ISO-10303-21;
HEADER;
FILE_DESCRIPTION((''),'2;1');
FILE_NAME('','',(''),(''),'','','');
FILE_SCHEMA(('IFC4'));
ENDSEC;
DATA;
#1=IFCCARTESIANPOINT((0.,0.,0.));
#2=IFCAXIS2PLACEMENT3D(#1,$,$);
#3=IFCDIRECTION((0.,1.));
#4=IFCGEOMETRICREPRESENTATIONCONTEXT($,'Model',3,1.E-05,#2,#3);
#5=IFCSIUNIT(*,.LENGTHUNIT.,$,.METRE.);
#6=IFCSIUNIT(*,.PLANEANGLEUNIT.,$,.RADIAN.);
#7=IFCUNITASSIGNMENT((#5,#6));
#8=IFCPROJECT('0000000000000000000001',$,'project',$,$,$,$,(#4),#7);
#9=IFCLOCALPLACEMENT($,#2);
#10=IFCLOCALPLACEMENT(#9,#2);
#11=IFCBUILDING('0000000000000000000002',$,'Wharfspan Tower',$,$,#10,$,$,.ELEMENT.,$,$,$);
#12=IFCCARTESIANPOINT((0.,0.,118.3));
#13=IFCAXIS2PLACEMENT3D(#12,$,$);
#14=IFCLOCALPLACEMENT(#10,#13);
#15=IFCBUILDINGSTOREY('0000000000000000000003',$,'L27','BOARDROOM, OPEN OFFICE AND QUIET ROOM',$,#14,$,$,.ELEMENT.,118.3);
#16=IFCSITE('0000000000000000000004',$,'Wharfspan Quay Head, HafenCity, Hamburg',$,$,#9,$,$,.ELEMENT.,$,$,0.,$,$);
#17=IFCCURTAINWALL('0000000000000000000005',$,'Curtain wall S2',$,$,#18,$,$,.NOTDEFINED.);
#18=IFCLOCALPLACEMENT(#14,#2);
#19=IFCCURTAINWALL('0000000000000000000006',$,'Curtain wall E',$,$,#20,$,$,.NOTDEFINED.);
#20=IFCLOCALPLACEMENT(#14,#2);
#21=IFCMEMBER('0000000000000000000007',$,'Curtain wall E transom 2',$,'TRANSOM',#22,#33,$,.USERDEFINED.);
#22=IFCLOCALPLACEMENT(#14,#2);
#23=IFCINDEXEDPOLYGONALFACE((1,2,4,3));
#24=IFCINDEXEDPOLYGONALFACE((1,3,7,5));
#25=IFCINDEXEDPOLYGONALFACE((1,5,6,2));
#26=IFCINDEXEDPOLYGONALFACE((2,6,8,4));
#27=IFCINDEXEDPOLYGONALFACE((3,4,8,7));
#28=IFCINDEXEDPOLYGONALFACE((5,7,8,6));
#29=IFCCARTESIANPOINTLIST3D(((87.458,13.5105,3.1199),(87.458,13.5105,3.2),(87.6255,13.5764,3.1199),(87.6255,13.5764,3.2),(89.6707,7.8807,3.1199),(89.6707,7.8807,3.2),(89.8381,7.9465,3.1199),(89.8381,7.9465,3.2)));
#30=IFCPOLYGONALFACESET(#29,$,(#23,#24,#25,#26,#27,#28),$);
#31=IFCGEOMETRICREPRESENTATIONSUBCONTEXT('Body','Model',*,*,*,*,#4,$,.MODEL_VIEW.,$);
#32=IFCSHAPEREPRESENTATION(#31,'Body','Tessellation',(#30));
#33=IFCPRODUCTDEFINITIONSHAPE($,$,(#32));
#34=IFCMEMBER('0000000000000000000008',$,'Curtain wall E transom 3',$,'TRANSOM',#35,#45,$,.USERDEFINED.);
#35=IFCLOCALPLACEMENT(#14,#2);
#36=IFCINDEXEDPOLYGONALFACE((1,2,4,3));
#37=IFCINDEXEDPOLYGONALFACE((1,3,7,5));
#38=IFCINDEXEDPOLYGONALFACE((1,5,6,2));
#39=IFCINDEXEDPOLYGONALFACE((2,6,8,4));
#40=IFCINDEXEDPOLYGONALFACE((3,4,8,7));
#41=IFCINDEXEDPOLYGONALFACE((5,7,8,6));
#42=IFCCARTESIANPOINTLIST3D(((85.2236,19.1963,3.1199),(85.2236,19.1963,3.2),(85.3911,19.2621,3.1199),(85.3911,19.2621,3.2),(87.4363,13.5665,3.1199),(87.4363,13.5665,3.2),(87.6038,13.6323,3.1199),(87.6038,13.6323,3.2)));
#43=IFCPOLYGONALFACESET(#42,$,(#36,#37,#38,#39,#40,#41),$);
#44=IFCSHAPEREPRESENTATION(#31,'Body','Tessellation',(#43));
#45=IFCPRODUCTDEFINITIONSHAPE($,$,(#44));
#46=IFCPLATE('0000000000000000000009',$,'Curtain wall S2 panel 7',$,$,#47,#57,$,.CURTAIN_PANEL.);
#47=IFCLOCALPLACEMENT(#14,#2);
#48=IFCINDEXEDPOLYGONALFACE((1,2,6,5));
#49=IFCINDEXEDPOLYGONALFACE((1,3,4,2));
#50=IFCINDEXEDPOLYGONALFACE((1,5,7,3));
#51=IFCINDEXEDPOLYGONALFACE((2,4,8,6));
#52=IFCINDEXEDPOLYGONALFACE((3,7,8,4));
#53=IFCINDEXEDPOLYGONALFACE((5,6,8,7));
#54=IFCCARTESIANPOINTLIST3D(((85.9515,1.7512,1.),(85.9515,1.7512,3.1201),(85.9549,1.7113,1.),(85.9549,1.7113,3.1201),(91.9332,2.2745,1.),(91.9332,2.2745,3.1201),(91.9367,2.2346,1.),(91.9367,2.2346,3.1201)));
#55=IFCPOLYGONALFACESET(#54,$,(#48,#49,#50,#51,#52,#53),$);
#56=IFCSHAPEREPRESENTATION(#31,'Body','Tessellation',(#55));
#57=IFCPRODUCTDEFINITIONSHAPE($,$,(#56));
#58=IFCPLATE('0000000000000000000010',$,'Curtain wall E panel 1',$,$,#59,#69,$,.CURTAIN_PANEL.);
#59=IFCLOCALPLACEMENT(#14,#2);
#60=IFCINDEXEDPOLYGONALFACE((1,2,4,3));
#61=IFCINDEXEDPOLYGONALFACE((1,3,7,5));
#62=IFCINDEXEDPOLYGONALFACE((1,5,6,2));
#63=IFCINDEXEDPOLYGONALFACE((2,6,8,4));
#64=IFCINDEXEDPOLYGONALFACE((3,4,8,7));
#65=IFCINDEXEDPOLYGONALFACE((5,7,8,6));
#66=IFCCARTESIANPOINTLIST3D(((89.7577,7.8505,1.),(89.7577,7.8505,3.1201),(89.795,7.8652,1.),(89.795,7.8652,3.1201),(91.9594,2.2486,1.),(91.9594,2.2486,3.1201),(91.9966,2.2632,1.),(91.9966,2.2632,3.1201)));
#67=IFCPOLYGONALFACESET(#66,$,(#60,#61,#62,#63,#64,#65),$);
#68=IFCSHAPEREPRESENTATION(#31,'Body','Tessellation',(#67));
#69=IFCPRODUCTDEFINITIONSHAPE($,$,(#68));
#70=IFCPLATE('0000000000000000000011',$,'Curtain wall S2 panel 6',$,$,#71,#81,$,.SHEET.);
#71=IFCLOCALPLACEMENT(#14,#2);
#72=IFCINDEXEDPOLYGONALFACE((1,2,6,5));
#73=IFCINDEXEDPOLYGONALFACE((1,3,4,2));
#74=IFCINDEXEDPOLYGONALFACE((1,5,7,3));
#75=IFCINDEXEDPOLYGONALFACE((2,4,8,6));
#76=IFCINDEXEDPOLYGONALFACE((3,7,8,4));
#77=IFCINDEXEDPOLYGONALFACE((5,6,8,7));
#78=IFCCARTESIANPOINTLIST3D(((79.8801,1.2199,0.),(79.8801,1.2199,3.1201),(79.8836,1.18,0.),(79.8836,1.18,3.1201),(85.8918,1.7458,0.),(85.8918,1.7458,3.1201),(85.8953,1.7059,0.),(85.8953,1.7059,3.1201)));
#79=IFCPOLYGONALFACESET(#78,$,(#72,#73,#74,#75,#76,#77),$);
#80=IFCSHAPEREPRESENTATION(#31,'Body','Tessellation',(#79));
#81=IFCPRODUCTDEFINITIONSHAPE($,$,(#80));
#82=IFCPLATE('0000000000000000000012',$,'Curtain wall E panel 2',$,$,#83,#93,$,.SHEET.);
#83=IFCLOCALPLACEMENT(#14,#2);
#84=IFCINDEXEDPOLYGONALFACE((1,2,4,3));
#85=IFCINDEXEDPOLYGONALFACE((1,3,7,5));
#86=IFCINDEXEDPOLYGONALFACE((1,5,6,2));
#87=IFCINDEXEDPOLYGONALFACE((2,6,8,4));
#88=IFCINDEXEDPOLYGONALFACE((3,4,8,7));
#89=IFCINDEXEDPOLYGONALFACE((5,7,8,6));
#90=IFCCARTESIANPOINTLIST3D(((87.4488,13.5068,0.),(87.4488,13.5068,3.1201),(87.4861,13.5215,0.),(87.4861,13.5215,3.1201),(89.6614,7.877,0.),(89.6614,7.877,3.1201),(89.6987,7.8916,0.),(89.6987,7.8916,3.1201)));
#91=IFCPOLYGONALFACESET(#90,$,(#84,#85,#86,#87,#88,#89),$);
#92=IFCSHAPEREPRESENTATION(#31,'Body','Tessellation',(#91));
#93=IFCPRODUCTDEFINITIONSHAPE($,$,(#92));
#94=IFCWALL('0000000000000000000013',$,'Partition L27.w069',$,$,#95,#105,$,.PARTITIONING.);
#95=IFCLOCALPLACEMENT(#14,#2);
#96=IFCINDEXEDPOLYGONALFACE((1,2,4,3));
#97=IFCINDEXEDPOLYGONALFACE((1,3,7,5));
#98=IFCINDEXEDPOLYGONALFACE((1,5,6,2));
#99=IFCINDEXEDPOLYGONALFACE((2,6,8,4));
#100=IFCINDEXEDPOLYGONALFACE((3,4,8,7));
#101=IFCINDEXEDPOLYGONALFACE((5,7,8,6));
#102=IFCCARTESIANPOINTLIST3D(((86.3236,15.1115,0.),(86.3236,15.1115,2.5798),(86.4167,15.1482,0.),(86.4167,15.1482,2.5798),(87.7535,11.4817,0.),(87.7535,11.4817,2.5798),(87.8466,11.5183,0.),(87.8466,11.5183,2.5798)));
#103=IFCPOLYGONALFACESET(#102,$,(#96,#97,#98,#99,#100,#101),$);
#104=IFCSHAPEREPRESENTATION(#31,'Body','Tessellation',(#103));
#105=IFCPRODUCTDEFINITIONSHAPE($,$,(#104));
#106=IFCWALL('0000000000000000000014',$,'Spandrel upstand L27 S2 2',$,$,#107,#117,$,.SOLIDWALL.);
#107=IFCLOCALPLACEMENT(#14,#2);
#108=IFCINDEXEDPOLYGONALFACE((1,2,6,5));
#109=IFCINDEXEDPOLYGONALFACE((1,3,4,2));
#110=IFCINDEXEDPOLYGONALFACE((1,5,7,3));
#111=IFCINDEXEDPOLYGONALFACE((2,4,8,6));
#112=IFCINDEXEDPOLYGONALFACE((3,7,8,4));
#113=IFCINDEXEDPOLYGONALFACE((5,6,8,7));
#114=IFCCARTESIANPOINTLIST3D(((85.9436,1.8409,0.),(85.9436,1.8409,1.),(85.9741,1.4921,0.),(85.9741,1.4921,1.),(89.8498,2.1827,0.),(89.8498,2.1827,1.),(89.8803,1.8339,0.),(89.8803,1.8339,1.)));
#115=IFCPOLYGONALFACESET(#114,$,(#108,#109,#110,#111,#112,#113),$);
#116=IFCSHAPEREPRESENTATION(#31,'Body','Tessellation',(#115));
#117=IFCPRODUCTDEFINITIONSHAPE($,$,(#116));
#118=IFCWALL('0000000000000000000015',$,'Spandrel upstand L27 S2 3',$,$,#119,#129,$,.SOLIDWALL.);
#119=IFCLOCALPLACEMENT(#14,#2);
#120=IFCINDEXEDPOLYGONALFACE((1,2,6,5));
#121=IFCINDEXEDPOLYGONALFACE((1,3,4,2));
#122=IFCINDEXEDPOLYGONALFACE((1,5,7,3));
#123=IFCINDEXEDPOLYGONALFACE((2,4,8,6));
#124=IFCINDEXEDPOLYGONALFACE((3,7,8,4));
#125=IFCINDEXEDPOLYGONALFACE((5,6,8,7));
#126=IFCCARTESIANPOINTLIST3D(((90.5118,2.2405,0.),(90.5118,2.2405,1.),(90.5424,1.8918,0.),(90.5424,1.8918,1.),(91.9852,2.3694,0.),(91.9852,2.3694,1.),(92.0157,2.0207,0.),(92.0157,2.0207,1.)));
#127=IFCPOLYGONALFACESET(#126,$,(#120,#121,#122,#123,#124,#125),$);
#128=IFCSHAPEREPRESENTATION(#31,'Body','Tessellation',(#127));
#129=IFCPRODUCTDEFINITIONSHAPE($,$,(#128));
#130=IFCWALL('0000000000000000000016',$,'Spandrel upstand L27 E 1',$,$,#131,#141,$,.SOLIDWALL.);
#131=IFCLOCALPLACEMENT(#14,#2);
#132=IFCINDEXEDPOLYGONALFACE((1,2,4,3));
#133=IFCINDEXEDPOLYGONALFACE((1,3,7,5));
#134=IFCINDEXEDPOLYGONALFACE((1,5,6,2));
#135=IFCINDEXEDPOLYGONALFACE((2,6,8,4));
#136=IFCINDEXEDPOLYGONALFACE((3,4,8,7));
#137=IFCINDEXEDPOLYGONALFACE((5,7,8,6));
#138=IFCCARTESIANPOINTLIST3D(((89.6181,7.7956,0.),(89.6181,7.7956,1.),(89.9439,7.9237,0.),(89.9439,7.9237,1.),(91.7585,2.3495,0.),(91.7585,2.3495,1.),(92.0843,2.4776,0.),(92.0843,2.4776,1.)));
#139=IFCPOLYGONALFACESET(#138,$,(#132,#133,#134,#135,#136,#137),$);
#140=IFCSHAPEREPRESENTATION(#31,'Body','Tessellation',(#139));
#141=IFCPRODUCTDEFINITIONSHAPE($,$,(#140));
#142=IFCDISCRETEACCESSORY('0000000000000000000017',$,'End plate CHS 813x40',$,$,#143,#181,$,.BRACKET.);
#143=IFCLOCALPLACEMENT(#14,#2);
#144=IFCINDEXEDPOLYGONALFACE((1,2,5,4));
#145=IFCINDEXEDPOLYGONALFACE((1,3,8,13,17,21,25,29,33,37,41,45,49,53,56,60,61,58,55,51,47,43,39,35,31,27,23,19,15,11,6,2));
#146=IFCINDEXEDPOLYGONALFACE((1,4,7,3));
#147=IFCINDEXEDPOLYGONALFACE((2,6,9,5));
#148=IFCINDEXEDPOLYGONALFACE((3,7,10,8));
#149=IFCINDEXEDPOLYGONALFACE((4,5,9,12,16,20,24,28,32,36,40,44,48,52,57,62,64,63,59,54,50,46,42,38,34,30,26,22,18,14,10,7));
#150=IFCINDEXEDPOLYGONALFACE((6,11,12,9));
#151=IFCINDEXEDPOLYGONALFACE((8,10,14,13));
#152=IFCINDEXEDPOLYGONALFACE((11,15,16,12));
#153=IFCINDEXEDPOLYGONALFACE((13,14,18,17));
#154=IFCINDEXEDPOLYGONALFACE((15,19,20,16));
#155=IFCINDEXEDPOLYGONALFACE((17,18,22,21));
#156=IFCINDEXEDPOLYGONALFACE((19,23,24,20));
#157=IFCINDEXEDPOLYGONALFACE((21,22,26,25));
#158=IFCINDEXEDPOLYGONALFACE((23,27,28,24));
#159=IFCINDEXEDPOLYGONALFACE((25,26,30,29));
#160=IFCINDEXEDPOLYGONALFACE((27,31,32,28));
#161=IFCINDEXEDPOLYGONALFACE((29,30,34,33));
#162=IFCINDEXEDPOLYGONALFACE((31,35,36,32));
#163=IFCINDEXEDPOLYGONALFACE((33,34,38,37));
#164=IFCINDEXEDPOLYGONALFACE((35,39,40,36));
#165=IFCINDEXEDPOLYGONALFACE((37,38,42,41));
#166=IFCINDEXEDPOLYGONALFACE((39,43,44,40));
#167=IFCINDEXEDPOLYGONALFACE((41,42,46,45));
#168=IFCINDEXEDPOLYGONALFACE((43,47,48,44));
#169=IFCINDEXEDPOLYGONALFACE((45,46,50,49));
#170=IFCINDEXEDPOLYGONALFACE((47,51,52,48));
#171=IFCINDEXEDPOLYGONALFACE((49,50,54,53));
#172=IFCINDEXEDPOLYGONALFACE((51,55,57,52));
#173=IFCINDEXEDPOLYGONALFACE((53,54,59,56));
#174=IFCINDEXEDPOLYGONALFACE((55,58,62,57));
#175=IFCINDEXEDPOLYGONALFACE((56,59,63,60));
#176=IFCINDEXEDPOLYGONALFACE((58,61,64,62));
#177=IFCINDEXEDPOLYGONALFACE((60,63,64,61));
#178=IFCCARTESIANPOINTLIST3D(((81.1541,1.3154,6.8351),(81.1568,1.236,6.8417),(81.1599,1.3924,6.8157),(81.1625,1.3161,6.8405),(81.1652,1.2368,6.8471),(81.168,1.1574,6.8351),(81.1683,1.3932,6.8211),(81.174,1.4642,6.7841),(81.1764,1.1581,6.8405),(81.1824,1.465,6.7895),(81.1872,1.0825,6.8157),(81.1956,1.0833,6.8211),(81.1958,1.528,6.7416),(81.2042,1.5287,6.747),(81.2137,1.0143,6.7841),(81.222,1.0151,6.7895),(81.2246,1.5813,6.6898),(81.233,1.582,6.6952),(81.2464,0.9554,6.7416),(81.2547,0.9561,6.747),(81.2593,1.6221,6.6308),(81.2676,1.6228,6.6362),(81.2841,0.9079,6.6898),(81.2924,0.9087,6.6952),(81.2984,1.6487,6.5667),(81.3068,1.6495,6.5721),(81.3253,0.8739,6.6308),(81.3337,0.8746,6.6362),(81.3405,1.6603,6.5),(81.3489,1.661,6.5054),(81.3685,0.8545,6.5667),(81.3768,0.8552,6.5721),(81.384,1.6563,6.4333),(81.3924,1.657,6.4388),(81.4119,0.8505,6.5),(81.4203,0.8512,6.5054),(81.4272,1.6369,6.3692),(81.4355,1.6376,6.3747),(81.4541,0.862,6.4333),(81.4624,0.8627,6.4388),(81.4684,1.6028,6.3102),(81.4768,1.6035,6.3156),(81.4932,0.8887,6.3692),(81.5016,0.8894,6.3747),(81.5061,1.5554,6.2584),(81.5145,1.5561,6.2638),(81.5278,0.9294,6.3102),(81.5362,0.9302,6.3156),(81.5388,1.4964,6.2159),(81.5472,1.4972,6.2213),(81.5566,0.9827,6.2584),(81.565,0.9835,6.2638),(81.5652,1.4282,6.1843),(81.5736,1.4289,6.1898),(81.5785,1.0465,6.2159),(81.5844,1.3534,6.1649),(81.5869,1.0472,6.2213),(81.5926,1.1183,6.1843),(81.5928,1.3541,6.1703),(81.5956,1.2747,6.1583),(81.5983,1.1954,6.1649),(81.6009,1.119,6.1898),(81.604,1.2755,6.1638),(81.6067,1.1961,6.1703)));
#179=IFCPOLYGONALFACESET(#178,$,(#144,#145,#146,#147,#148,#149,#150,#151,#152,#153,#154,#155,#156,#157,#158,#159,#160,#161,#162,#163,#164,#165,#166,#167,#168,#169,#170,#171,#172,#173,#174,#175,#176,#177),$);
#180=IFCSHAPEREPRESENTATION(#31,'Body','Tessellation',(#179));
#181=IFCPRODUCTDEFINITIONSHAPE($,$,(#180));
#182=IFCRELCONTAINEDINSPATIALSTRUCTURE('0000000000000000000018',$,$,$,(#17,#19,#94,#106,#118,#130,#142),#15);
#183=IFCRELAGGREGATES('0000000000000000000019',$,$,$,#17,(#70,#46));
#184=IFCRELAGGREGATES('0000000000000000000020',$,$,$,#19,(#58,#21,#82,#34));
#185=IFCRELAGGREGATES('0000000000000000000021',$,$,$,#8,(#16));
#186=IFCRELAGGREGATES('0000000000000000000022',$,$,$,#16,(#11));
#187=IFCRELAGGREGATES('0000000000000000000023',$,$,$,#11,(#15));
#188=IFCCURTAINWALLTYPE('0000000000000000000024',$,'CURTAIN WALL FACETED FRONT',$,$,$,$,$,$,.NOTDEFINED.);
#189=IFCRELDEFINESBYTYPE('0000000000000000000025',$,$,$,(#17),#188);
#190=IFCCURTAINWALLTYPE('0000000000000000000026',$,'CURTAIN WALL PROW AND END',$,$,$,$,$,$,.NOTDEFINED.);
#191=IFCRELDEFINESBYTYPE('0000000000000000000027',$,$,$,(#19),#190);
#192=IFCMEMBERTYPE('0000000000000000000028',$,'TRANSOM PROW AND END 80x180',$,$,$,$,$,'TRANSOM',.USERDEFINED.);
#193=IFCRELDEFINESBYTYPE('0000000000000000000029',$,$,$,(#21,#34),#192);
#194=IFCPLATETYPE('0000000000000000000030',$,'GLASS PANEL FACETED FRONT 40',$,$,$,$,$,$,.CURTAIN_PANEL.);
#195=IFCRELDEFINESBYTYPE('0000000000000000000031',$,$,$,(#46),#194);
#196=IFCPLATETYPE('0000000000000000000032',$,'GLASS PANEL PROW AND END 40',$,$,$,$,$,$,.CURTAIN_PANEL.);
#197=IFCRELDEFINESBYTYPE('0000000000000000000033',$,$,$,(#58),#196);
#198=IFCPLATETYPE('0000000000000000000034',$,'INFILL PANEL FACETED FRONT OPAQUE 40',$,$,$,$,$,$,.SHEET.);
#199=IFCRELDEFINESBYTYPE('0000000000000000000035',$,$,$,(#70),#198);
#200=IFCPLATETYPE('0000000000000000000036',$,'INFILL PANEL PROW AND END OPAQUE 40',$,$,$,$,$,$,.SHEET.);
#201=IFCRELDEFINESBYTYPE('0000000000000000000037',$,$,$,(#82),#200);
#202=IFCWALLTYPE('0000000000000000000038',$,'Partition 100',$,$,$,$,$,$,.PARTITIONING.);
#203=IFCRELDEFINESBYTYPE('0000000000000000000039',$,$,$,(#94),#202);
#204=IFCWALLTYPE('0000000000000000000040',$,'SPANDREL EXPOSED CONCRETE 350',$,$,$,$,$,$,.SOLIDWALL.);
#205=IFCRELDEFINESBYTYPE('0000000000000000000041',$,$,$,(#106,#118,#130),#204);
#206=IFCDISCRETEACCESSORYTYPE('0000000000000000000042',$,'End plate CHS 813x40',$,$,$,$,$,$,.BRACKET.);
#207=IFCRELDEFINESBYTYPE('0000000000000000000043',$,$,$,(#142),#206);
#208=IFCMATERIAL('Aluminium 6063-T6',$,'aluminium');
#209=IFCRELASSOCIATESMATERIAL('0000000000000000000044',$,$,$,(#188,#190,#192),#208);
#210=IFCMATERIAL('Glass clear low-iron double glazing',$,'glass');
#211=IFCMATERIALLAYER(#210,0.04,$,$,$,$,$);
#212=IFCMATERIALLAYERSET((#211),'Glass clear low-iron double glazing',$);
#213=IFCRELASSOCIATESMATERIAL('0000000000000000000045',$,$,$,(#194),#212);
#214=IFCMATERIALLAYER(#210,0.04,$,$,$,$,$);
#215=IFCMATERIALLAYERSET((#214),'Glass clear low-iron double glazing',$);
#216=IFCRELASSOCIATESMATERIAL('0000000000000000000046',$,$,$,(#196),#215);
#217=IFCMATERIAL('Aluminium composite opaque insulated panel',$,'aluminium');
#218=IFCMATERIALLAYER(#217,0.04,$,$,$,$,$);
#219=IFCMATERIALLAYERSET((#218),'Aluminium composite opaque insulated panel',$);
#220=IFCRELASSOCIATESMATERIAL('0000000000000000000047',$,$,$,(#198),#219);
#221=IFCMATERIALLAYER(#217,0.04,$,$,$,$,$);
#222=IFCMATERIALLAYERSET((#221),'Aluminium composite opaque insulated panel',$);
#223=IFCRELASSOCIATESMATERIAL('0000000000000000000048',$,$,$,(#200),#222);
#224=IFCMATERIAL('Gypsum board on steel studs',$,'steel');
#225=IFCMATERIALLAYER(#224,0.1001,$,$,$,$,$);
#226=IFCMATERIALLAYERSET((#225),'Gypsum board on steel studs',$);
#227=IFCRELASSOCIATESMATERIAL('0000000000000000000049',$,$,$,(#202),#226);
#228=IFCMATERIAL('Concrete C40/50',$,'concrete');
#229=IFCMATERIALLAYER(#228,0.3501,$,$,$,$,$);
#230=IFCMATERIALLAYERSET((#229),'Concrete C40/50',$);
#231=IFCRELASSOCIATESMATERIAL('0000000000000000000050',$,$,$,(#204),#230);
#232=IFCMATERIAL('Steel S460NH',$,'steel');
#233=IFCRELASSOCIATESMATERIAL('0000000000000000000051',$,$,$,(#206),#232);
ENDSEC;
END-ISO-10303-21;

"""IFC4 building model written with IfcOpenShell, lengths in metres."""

from ifc_helpers import new_model, si_unit, direction, frame, frame_2d, origin, origin_2d, place, context, subcontext, project, spatial, rectangle, circle, extrude, material, layer, layer_set, material_profile, profile_set, type_object, element, aggregate, save


model = new_model("IFC4")

# Units and contexts
model_context = context("Model", 3, precision=1e-05, world=origin(), true_north=direction((0.0, 1.0)))
body_context = subcontext(model_context, "Body", "Model", "MODEL_VIEW")
ifc_project = project(units=[si_unit("LENGTHUNIT", "METRE"), si_unit("PLANEANGLEUNIT", "RADIAN")], contexts=[model_context])

# Site, building, storey
site_placement = place(None, origin())
site = spatial("IfcSite", under=ifc_project, at=site_placement, Name="Wharfspan Quay Head, HafenCity, Hamburg", CompositionType="ELEMENT", RefElevation=0.0)
building_placement = place(site_placement, origin())
building = spatial("IfcBuilding", under=site, at=building_placement, Name="Wharfspan Tower", CompositionType="ELEMENT")
storey_placement = place(building_placement, frame((0.0, 0.0, 118.3)))
storey = spatial("IfcBuildingStorey", under=building, at=storey_placement, Name="L27", Description="BOARDROOM, OPEN OFFICE AND QUIET ROOM", CompositionType="ELEMENT", Elevation=118.3)

# Curtain walls
ifc_material_1 = material(Name="Aluminium 6063-T6", Category="aluminium")
curtain_wall_type_1 = type_object("IfcCurtainWallType", Name="CURTAIN WALL FACETED FRONT", PredefinedType="NOTDEFINED", material=ifc_material_1)
curtain_wall_1_placement = place(storey_placement, origin())
curtain_wall_1 = element("IfcCurtainWall", 1, at=curtain_wall_1_placement, inside=storey, type_object=curtain_wall_type_1, Name="Curtain wall S2", PredefinedType="NOTDEFINED")
curtain_wall_type_2 = type_object("IfcCurtainWallType", Name="CURTAIN WALL PROW AND END", PredefinedType="NOTDEFINED", material=ifc_material_1)
curtain_wall_2_placement = place(storey_placement, origin())
curtain_wall_2 = element("IfcCurtainWall", 2, at=curtain_wall_2_placement, inside=storey, type_object=curtain_wall_type_2, Name="Curtain wall E", PredefinedType="NOTDEFINED")

# Members
ifc_material_profile_1 = material_profile(ifc_material_1, rectangle(XDim=0.1799, YDim=0.0801, at=origin_2d()))
ifc_profile_set_1 = profile_set([ifc_material_profile_1], Name="Aluminium 6063-T6")
member_type_1 = type_object("IfcMemberType", Name="TRANSOM PROW AND END 80x180", ElementType="TRANSOM", PredefinedType="USERDEFINED", material=ifc_profile_set_1)
member_1_placement = place(storey_placement, frame((89.7544, 7.9136, 3.1599), z_axis=(-0.365782, 0.9307, 0.0), x_axis=(-0.9307, -0.365782, 0.0)))
member_1 = element("IfcMember", 3, at=member_1_placement, type_object=member_type_1, Name="Curtain wall E transom 2", ObjectType="TRANSOM", PredefinedType="USERDEFINED", context=body_context, shape_type="SweptSolid", body=[
    extrude(rectangle(XDim=0.1799, YDim=0.0801, at=origin_2d()), origin(), (0.0, 0.0, 1.0), 6.0491),
])
member_2_placement = place(storey_placement, frame((87.52, 13.5994, 3.1599), z_axis=(-0.365782, 0.9307, 0.0), x_axis=(-0.9307, -0.365782, 0.0)))
member_2 = element("IfcMember", 4, at=member_2_placement, type_object=member_type_1, Name="Curtain wall E transom 3", ObjectType="TRANSOM", PredefinedType="USERDEFINED", context=body_context, shape_type="SweptSolid", body=[
    extrude(rectangle(XDim=0.1799, YDim=0.0801, at=origin_2d()), origin(), (0.0, 0.0, 1.0), 6.0491),
])

# Plates
ifc_material_2 = material(Name="Glass clear low-iron double glazing", Category="glass")
ifc_layer_1 = layer(ifc_material_2, 0.04)
ifc_layer_set_1 = layer_set([ifc_layer_1], Name="Glass clear low-iron double glazing")
plate_type_1 = type_object("IfcPlateType", Name="GLASS PANEL FACETED FRONT 40", PredefinedType="CURTAIN_PANEL", material=ifc_layer_set_1)
plate_1_placement = place(storey_placement, frame((88.9441, 1.9929, 1.0), z_axis=(0.0, 0.0, 1.0), x_axis=(0.996198, 0.087156, 0.0)))
plate_1 = element("IfcPlate", 5, at=plate_1_placement, type_object=plate_type_1, Name="Curtain wall S2 panel 7", PredefinedType="CURTAIN_PANEL", context=body_context, shape_type="SweptSolid", body=[
    extrude(rectangle(XDim=6.0046, YDim=0.04, at=origin_2d()), origin(), (0.0, 0.0, 1.0), 2.1201),
])
ifc_layer_2 = layer(ifc_material_2, 0.04)
ifc_layer_set_2 = layer_set([ifc_layer_2], Name="Glass clear low-iron double glazing")
plate_type_2 = type_object("IfcPlateType", Name="GLASS PANEL PROW AND END 40", PredefinedType="CURTAIN_PANEL", material=ifc_layer_set_2)
plate_2_placement = place(storey_placement, frame((90.8772, 5.0569, 1.0), z_axis=(0.0, 0.0, 1.0), x_axis=(-0.365778, 0.930702, 0.0)))
plate_2 = element("IfcPlate", 6, at=plate_2_placement, type_object=plate_type_2, Name="Curtain wall E panel 1", PredefinedType="CURTAIN_PANEL", context=body_context, shape_type="SweptSolid", body=[
    extrude(rectangle(XDim=6.019, YDim=0.04, at=origin_2d()), origin(), (0.0, 0.0, 1.0), 2.1201),
])
ifc_material_3 = material(Name="Aluminium composite opaque insulated panel", Category="aluminium")
ifc_layer_3 = layer(ifc_material_3, 0.04)
ifc_layer_set_3 = layer_set([ifc_layer_3], Name="Aluminium composite opaque insulated panel")
plate_type_3 = type_object("IfcPlateType", Name="INFILL PANEL FACETED FRONT OPAQUE 40", PredefinedType="SHEET", material=ifc_layer_set_3)
plate_3_placement = place(storey_placement, frame((82.8877, 1.4629, 0.0), z_axis=(0.0, 0.0, 1.0), x_axis=(0.996198, 0.087156, 0.0)))
plate_3 = element("IfcPlate", 7, at=plate_3_placement, type_object=plate_type_3, Name="Curtain wall S2 panel 6", PredefinedType="SHEET", context=body_context, shape_type="SweptSolid", body=[
    extrude(rectangle(XDim=6.0347, YDim=0.04, at=origin_2d()), origin(), (0.0, 0.0, 1.0), 3.1201),
])
aggregate(curtain_wall_1, [plate_3, plate_1])
ifc_layer_4 = layer(ifc_material_3, 0.04)
ifc_layer_set_4 = layer_set([ifc_layer_4], Name="Aluminium composite opaque insulated panel")
plate_type_4 = type_object("IfcPlateType", Name="INFILL PANEL PROW AND END OPAQUE 40", PredefinedType="SHEET", material=ifc_layer_set_4)
plate_4_placement = place(storey_placement, frame((88.5737, 10.6992, 0.0), z_axis=(0.0, 0.0, 1.0), x_axis=(-0.365778, 0.930702, 0.0)))
plate_4 = element("IfcPlate", 8, at=plate_4_placement, type_object=plate_type_4, Name="Curtain wall E panel 2", PredefinedType="SHEET", context=body_context, shape_type="SweptSolid", body=[
    extrude(rectangle(XDim=6.0491, YDim=0.04, at=origin_2d()), origin(), (0.0, 0.0, 1.0), 3.1201),
])
aggregate(curtain_wall_2, [plate_2, member_1, plate_4, member_2])

# Walls
ifc_material_4 = material(Name="Gypsum board on steel studs", Category="steel")
ifc_layer_5 = layer(ifc_material_4, 0.1001)
ifc_layer_set_5 = layer_set([ifc_layer_5], Name="Gypsum board on steel studs")
wall_type_1 = type_object("IfcWallType", Name="Partition 100", PredefinedType="PARTITIONING", material=ifc_layer_set_5)
wall_1_placement = place(storey_placement, frame((87.8, 11.5, 0.0), z_axis=(0.0, 0.0, 1.0), x_axis=(-0.366521, 0.930414, 0.0)))
element("IfcWall", 9, at=wall_1_placement, inside=storey, type_object=wall_type_1, Name="Partition L27.w069", PredefinedType="PARTITIONING", context=body_context, shape_type="SweptSolid", body=[
    extrude(rectangle(XDim=3.9014, YDim=0.1001, at=frame_2d((1.9507, 0.0))), origin(), (0.0, 0.0, 1.0), 2.5798),
])
ifc_material_5 = material(Name="Concrete C40/50", Category="concrete")
ifc_layer_6 = layer(ifc_material_5, 0.3501)
ifc_layer_set_6 = layer_set([ifc_layer_6], Name="Concrete C40/50")
wall_type_2 = type_object("IfcWallType", Name="SPANDREL EXPOSED CONCRETE 350", PredefinedType="SOLIDWALL", material=ifc_layer_set_6)
wall_2_placement = place(storey_placement, frame((85.959, 1.6665, 0.0), z_axis=(0.0, 0.0, 1.0), x_axis=(0.996194, 0.087167, 0.0)))
element("IfcWall", 10, at=wall_2_placement, inside=storey, type_object=wall_type_2, Name="Spandrel upstand L27 S2 2", PredefinedType="SOLIDWALL", context=body_context, shape_type="SweptSolid", body=[
    extrude(rectangle(XDim=3.9211, YDim=0.3501, at=frame_2d((1.9604, 0.0))), origin(), (0.0, 0.0, 1.0), 1.0),
])
wall_3_placement = place(storey_placement, frame((90.5271, 2.0662, 0.0), z_axis=(0.0, 0.0, 1.0), x_axis=(0.996198, 0.087157, 0.0)))
element("IfcWall", 11, at=wall_3_placement, inside=storey, type_object=wall_type_2, Name="Spandrel upstand L27 S2 3", PredefinedType="SOLIDWALL", context=body_context, shape_type="SweptSolid", body=[
    extrude(rectangle(XDim=1.479, YDim=0.3501, at=frame_2d((0.7395, 0.0))), origin(), (0.0, 0.0, 1.0), 1.0),
])
wall_4_placement = place(storey_placement, frame((91.9214, 2.4136, 0.0), z_axis=(0.0, 0.0, 1.0), x_axis=(-0.36578, 0.930701, 0.0)))
element("IfcWall", 12, at=wall_4_placement, inside=storey, type_object=wall_type_2, Name="Spandrel upstand L27 E 1", PredefinedType="SOLIDWALL", context=body_context, shape_type="SweptSolid", body=[
    extrude(rectangle(XDim=5.8516, YDim=0.3501, at=frame_2d((2.9258, 0.0))), origin(), (0.0, 0.0, 1.0), 1.0),
])

# Discrete accessory
ifc_material_6 = material(Name="Steel S460NH", Category="steel")
ifc_material_profile_2 = material_profile(ifc_material_6, circle(Radius=0.4065, at=origin_2d()))
ifc_profile_set_2 = profile_set([ifc_material_profile_2], Name="Steel S460NH")
discrete_accessory_type = type_object("IfcDiscreteAccessoryType", Name="End plate CHS 813x40", PredefinedType="BRACKET", material=ifc_profile_set_2)
for number, where, z_axis, x_axis, name in (
    (13, (81.3762, 1.2554, 6.5), (0.837276, 0.073877, 0.541767), (-0.087893, 0.996132, -0.000001), "End plate CHS 813x40"),
):
    element("IfcDiscreteAccessory", number, at=place(storey_placement, frame(where, z_axis=z_axis, x_axis=x_axis)), inside=storey, type_object=discrete_accessory_type, Name=name, PredefinedType="BRACKET", context=body_context, shape_type="SweptSolid", body=[
        extrude(circle(Radius=0.4065, at=origin_2d()), origin(), (0.0, 0.0, 1.0), 0.01),
    ])

save(model, "model.ifc")
